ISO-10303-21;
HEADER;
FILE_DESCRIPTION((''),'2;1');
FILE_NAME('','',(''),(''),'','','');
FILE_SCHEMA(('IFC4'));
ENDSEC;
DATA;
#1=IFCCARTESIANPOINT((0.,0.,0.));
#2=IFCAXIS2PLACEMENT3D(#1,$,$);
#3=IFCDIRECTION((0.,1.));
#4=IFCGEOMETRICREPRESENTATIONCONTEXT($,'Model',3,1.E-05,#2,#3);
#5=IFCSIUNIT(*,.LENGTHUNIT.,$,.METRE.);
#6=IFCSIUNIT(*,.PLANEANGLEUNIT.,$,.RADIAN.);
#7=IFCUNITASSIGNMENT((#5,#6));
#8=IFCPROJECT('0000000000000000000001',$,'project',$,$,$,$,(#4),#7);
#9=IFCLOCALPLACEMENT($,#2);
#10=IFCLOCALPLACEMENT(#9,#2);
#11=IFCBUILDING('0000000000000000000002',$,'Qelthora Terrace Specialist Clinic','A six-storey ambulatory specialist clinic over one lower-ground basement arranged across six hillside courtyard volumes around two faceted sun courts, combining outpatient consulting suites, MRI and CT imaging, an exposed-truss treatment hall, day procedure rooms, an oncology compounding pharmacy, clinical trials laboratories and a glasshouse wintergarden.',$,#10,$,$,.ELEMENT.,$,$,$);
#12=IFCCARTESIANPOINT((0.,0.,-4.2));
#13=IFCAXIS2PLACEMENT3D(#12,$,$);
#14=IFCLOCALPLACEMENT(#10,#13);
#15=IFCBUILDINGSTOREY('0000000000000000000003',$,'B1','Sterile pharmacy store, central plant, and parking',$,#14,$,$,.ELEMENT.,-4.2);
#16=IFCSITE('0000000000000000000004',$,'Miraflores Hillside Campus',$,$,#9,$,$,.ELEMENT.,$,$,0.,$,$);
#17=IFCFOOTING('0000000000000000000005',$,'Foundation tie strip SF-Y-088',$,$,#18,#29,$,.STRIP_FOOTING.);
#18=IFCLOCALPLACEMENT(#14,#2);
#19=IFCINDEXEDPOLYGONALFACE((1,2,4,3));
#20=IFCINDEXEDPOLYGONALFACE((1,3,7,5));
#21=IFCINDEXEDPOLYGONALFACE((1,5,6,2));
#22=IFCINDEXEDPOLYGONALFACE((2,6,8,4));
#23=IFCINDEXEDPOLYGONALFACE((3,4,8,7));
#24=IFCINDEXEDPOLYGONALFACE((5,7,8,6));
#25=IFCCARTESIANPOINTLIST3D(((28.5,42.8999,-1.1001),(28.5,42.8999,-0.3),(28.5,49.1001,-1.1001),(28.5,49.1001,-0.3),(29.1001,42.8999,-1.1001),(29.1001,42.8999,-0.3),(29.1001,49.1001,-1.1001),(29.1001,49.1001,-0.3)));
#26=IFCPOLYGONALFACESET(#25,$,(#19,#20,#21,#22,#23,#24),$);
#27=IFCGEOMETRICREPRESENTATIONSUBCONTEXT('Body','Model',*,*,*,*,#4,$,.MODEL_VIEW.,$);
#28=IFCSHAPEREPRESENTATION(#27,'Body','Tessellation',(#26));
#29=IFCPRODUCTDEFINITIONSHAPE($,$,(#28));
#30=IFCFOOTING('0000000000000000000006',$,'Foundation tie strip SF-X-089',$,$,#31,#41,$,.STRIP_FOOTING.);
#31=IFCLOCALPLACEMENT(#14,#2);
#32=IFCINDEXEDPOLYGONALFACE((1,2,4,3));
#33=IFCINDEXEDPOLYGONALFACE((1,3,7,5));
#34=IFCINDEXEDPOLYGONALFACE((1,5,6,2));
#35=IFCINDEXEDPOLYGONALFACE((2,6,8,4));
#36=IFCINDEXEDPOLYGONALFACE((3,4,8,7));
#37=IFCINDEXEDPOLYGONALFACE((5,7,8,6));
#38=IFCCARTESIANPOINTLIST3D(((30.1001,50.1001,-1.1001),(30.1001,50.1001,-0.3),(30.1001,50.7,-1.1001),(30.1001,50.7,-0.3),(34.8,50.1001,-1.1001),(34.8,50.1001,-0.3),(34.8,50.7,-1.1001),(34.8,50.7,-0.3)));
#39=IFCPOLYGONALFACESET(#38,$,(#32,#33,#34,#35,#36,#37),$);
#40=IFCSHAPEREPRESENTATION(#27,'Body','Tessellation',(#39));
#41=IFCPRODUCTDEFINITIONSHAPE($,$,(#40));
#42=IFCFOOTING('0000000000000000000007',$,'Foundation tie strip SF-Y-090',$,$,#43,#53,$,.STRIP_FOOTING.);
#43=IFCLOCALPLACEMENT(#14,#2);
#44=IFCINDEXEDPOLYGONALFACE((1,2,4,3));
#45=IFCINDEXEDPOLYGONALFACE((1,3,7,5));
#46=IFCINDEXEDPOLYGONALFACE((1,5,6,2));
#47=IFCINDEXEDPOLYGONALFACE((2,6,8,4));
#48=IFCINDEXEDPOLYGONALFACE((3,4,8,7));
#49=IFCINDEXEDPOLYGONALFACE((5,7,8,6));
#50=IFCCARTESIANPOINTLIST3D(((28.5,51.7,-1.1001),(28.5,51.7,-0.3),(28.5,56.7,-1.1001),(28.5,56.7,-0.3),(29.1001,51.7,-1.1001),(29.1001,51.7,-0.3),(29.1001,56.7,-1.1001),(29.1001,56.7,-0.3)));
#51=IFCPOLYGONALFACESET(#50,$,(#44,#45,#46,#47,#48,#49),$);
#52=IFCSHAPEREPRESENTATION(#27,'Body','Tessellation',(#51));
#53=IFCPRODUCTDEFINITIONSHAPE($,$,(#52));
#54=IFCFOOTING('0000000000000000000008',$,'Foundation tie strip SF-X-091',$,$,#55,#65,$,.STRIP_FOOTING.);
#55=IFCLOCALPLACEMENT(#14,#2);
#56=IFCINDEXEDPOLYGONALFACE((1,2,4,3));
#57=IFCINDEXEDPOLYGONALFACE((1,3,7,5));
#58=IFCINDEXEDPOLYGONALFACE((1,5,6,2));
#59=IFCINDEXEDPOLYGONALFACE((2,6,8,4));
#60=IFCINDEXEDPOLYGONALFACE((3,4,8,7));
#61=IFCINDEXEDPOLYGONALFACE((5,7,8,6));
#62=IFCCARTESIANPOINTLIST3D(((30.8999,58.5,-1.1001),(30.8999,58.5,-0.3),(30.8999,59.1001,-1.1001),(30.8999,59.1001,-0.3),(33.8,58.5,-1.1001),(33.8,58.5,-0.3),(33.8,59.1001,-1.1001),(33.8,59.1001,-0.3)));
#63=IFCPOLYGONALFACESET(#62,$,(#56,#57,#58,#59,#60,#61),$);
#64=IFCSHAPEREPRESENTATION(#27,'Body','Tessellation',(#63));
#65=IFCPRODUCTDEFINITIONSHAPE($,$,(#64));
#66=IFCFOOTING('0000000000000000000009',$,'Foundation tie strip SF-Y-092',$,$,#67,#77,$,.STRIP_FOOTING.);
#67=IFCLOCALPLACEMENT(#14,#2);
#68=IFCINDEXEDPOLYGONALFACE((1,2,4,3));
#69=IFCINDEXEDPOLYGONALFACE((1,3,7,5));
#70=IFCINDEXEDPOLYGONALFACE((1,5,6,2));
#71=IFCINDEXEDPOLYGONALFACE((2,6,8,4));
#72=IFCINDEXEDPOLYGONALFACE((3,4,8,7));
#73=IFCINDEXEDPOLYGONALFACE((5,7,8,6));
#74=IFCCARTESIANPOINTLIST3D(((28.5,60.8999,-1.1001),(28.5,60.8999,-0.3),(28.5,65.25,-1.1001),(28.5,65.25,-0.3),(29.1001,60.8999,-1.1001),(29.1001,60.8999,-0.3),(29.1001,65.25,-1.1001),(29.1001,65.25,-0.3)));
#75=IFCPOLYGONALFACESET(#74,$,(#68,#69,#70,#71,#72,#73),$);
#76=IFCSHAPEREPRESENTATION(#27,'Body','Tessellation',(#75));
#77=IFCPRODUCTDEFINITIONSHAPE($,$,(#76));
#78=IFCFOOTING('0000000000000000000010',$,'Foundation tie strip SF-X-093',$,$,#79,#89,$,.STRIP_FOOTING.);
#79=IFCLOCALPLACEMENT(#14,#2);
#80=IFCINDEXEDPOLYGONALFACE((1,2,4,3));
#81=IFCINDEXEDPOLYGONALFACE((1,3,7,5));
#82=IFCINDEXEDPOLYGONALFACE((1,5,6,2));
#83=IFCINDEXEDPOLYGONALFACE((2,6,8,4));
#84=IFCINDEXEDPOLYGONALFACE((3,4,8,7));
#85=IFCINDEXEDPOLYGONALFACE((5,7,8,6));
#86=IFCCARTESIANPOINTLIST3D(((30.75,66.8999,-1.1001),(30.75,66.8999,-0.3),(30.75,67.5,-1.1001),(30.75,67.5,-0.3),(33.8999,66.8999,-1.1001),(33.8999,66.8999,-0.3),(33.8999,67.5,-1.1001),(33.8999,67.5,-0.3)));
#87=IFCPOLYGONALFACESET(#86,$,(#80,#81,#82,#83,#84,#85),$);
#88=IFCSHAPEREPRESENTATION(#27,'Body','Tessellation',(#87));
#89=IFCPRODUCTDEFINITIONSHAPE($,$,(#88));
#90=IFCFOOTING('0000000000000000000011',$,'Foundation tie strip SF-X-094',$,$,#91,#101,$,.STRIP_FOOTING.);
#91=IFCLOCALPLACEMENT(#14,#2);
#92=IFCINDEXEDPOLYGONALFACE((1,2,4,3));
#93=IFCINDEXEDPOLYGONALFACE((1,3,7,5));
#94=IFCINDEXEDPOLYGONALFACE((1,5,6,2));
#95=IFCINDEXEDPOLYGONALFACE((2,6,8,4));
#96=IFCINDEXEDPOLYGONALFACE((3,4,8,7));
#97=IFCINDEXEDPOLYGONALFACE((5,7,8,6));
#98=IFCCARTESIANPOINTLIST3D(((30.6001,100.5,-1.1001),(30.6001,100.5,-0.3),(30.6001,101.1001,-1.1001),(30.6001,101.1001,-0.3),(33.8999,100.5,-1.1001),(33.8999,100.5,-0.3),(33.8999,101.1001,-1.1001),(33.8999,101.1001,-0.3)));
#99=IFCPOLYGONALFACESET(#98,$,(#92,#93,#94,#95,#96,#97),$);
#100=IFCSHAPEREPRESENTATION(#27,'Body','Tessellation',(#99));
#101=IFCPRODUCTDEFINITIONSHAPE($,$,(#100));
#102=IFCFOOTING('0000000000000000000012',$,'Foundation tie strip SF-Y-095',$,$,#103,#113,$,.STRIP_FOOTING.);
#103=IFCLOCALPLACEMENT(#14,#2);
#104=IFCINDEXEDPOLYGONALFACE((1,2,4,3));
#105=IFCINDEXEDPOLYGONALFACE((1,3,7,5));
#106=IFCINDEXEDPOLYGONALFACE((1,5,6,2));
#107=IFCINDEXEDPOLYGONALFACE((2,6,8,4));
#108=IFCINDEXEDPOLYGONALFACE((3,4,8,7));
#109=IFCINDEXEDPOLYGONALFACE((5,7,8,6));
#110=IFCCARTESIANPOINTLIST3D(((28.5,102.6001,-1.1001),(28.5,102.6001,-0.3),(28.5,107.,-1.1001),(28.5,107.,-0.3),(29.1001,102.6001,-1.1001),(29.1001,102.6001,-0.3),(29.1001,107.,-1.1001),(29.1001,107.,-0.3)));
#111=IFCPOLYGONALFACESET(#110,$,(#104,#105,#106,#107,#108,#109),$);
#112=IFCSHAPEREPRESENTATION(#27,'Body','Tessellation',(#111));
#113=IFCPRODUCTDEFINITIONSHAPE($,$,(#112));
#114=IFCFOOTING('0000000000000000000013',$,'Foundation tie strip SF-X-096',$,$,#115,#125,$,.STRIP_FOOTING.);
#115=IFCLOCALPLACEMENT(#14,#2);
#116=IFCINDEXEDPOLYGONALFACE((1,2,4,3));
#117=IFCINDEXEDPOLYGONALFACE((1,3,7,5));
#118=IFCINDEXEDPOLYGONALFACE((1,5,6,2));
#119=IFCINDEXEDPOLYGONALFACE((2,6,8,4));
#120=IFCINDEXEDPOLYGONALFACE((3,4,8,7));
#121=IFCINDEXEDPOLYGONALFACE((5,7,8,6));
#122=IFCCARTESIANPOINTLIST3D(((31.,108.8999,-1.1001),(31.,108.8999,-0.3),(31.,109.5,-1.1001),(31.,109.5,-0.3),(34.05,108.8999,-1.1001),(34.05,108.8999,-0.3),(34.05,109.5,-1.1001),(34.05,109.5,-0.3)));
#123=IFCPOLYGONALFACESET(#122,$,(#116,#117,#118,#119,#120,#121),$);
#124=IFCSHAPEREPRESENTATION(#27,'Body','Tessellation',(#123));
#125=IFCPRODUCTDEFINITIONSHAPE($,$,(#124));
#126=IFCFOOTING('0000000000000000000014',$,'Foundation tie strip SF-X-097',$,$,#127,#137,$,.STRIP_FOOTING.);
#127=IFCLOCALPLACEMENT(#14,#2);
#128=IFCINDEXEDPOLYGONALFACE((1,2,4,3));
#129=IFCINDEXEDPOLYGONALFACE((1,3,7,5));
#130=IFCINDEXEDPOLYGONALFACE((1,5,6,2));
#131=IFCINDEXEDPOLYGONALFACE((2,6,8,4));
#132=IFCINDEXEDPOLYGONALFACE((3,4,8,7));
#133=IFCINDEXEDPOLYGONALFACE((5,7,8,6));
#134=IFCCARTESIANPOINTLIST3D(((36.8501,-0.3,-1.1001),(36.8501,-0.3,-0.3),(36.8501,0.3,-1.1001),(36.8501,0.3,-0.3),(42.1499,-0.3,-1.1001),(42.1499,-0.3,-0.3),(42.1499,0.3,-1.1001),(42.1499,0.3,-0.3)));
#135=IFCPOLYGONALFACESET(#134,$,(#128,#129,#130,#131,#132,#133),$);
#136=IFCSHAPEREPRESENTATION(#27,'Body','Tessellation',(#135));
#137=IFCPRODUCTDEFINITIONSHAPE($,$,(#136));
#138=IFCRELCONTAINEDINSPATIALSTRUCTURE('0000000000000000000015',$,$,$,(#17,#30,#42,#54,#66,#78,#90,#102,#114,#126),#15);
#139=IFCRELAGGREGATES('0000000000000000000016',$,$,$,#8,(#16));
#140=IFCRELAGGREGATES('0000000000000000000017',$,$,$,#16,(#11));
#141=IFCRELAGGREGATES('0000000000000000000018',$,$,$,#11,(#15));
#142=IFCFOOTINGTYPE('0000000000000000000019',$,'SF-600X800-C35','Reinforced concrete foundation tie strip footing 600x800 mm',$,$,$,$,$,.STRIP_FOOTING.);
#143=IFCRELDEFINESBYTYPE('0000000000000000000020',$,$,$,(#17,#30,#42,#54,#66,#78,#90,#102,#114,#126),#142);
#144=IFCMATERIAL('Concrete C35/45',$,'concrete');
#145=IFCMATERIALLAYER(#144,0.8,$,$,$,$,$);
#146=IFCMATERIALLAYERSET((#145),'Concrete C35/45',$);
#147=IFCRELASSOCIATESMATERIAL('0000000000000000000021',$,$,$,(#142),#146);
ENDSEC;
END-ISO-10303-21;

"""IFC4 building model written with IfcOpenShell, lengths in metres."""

from ifc_helpers import new_model, si_unit, direction, frame, origin, place, context, subcontext, project, spatial, polyline, outline, extrude, material, layer, layer_set, type_object, element, save


model = new_model("IFC4")

# Units and contexts
model_context = context("Model", 3, precision=1e-05, world=origin(), true_north=direction((0.0, 1.0)))
body_context = subcontext(model_context, "Body", "Model", "MODEL_VIEW")
ifc_project = project(units=[si_unit("LENGTHUNIT", "METRE"), si_unit("PLANEANGLEUNIT", "RADIAN")], contexts=[model_context])

# Site, building, storey
site_placement = place(None, origin())
site = spatial("IfcSite", under=ifc_project, at=site_placement, Name="Miraflores Hillside Campus", CompositionType="ELEMENT", RefElevation=0.0)
building_placement = place(site_placement, origin())
building = spatial("IfcBuilding", under=site, at=building_placement, Name="Qelthora Terrace Specialist Clinic", Description="A six-storey ambulatory specialist clinic over one lower-ground basement arranged across six hillside courtyard volumes around two faceted sun courts, combining outpatient consulting suites, MRI and CT imaging, an exposed-truss treatment hall, day procedure rooms, an oncology compounding pharmacy, clinical trials laboratories and a glasshouse wintergarden.", CompositionType="ELEMENT")
storey_placement = place(building_placement, frame((0.0, 0.0, -4.2)))
storey = spatial("IfcBuildingStorey", under=building, at=storey_placement, Name="B1", Description="Sterile pharmacy store, central plant, and parking", CompositionType="ELEMENT", Elevation=-4.2)

# Footings
ifc_material = material(Name="Concrete C35/45", Category="concrete")
ifc_layer = layer(ifc_material, 0.8)
ifc_layer_set = layer_set([ifc_layer], Name="Concrete C35/45")
footing_type = type_object("IfcFootingType", Name="SF-600X800-C35", Description="Reinforced concrete foundation tie strip footing 600x800 mm", PredefinedType="STRIP_FOOTING", material=ifc_layer_set)
footing_1_placement = place(storey_placement, frame((0.0, 0.0, -1.1001)))
element("IfcFooting", 1, at=footing_1_placement, inside=storey, type_object=footing_type, Name="Foundation tie strip SF-Y-088", PredefinedType="STRIP_FOOTING", context=body_context, shape_type="SweptSolid", body=[
    extrude(outline(polyline([(28.5, 42.8999), (29.1001, 42.8999), (29.1001, 49.1001), (28.5, 49.1001), (28.5, 42.8999)])), origin(), (0.0, 0.0, 1.0), 0.8),
])
footing_2_placement = place(storey_placement, frame((0.0, 0.0, -1.1001)))
element("IfcFooting", 2, at=footing_2_placement, inside=storey, type_object=footing_type, Name="Foundation tie strip SF-X-089", PredefinedType="STRIP_FOOTING", context=body_context, shape_type="SweptSolid", body=[
    extrude(outline(polyline([(30.1001, 50.1001), (34.8, 50.1001), (34.8, 50.7), (30.1001, 50.7), (30.1001, 50.1001)])), origin(), (0.0, 0.0, 1.0), 0.8),
])
footing_3_placement = place(storey_placement, frame((0.0, 0.0, -1.1001)))
element("IfcFooting", 3, at=footing_3_placement, inside=storey, type_object=footing_type, Name="Foundation tie strip SF-Y-090", PredefinedType="STRIP_FOOTING", context=body_context, shape_type="SweptSolid", body=[
    extrude(outline(polyline([(28.5, 51.7), (29.1001, 51.7), (29.1001, 56.7), (28.5, 56.7), (28.5, 51.7)])), origin(), (0.0, 0.0, 1.0), 0.8),
])
footing_4_placement = place(storey_placement, frame((0.0, 0.0, -1.1001)))
element("IfcFooting", 4, at=footing_4_placement, inside=storey, type_object=footing_type, Name="Foundation tie strip SF-X-091", PredefinedType="STRIP_FOOTING", context=body_context, shape_type="SweptSolid", body=[
    extrude(outline(polyline([(30.8999, 58.5), (33.8, 58.5), (33.8, 59.1001), (30.8999, 59.1001), (30.8999, 58.5)])), origin(), (0.0, 0.0, 1.0), 0.8),
])
footing_5_placement = place(storey_placement, frame((0.0, 0.0, -1.1001)))
element("IfcFooting", 5, at=footing_5_placement, inside=storey, type_object=footing_type, Name="Foundation tie strip SF-Y-092", PredefinedType="STRIP_FOOTING", context=body_context, shape_type="SweptSolid", body=[
    extrude(outline(polyline([(28.5, 60.8999), (29.1001, 60.8999), (29.1001, 65.25), (28.5, 65.25), (28.5, 60.8999)])), origin(), (0.0, 0.0, 1.0), 0.8),
])
footing_6_placement = place(storey_placement, frame((0.0, 0.0, -1.1001)))
element("IfcFooting", 6, at=footing_6_placement, inside=storey, type_object=footing_type, Name="Foundation tie strip SF-X-093", PredefinedType="STRIP_FOOTING", context=body_context, shape_type="SweptSolid", body=[
    extrude(outline(polyline([(30.75, 66.8999), (33.8999, 66.8999), (33.8999, 67.5), (30.75, 67.5), (30.75, 66.8999)])), origin(), (0.0, 0.0, 1.0), 0.8),
])
footing_7_placement = place(storey_placement, frame((0.0, 0.0, -1.1001)))
element("IfcFooting", 7, at=footing_7_placement, inside=storey, type_object=footing_type, Name="Foundation tie strip SF-X-094", PredefinedType="STRIP_FOOTING", context=body_context, shape_type="SweptSolid", body=[
    extrude(outline(polyline([(30.6001, 100.5), (33.8999, 100.5), (33.8999, 101.1001), (30.6001, 101.1001), (30.6001, 100.5)])), origin(), (0.0, 0.0, 1.0), 0.8),
])
footing_8_placement = place(storey_placement, frame((0.0, 0.0, -1.1001)))
element("IfcFooting", 8, at=footing_8_placement, inside=storey, type_object=footing_type, Name="Foundation tie strip SF-Y-095", PredefinedType="STRIP_FOOTING", context=body_context, shape_type="SweptSolid", body=[
    extrude(outline(polyline([(28.5, 102.6001), (29.1001, 102.6001), (29.1001, 107.0), (28.5, 107.0), (28.5, 102.6001)])), origin(), (0.0, 0.0, 1.0), 0.8),
])
footing_9_placement = place(storey_placement, frame((0.0, 0.0, -1.1001)))
element("IfcFooting", 9, at=footing_9_placement, inside=storey, type_object=footing_type, Name="Foundation tie strip SF-X-096", PredefinedType="STRIP_FOOTING", context=body_context, shape_type="SweptSolid", body=[
    extrude(outline(polyline([(31.0, 108.8999), (34.05, 108.8999), (34.05, 109.5), (31.0, 109.5), (31.0, 108.8999)])), origin(), (0.0, 0.0, 1.0), 0.8),
])
footing_10_placement = place(storey_placement, frame((0.0, 0.0, -1.1001)))
element("IfcFooting", 10, at=footing_10_placement, inside=storey, type_object=footing_type, Name="Foundation tie strip SF-X-097", PredefinedType="STRIP_FOOTING", context=body_context, shape_type="SweptSolid", body=[
    extrude(outline(polyline([(36.8501, -0.3), (42.1499, -0.3), (42.1499, 0.3), (36.8501, 0.3), (36.8501, -0.3)])), origin(), (0.0, 0.0, 1.0), 0.8),
])

save(model, "model.ifc")
